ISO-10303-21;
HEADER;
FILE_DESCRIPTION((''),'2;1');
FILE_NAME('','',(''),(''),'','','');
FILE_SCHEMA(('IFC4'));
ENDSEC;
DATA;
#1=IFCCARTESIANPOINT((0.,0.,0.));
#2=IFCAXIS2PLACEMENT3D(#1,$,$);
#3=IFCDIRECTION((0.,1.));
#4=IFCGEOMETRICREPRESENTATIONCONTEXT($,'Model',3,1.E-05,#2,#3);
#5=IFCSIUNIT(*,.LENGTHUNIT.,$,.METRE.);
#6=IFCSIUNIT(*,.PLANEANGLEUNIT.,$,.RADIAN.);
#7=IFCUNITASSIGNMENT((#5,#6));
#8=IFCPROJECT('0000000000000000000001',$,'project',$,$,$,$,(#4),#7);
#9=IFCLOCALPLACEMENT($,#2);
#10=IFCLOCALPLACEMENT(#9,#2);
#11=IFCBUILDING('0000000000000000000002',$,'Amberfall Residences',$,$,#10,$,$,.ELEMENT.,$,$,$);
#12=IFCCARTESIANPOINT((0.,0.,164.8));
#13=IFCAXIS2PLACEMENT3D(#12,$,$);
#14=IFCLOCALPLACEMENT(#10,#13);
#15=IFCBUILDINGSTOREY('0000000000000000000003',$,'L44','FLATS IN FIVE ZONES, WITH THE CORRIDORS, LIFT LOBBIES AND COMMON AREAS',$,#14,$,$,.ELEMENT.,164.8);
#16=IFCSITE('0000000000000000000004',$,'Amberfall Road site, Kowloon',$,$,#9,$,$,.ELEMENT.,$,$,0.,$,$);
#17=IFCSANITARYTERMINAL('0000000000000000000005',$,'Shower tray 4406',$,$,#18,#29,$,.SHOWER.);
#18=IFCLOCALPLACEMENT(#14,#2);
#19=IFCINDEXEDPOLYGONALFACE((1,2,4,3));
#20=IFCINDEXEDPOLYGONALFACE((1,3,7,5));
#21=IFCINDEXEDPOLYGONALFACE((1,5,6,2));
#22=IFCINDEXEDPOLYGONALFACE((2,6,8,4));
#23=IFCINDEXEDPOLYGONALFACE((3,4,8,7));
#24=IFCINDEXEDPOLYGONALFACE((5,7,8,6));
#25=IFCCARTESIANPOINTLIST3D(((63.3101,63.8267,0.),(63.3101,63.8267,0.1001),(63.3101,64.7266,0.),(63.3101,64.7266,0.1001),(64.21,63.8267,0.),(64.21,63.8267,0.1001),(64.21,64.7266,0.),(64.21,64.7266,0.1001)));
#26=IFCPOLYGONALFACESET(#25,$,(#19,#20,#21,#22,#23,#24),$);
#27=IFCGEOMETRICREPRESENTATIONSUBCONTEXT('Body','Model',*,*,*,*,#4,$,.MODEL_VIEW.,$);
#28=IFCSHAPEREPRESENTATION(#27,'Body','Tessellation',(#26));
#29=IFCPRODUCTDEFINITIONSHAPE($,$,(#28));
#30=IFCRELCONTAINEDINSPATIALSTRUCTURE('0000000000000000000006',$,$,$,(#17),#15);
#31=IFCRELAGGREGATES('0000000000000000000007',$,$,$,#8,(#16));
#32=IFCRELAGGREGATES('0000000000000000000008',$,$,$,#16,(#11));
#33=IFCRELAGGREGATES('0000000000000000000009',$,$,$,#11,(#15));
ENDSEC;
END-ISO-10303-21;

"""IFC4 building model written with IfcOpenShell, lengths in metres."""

from ifc_helpers import new_model, si_unit, direction, frame, origin, origin_2d, place, context, subcontext, project, spatial, rectangle, extrude, element, save


model = new_model("IFC4")

# Units and contexts
model_context = context("Model", 3, precision=1e-05, world=origin(), true_north=direction((0.0, 1.0)))
body_context = subcontext(model_context, "Body", "Model", "MODEL_VIEW")
ifc_project = project(units=[si_unit("LENGTHUNIT", "METRE"), si_unit("PLANEANGLEUNIT", "RADIAN")], contexts=[model_context])

# Site, building, storey
site_placement = place(None, origin())
site = spatial("IfcSite", under=ifc_project, at=site_placement, Name="Amberfall Road site, Kowloon", CompositionType="ELEMENT", RefElevation=0.0)
building_placement = place(site_placement, origin())
building = spatial("IfcBuilding", under=site, at=building_placement, Name="Amberfall Residences", CompositionType="ELEMENT")
storey_placement = place(building_placement, frame((0.0, 0.0, 164.8)))
storey = spatial("IfcBuildingStorey", under=building, at=storey_placement, Name="L44", Description="FLATS IN FIVE ZONES, WITH THE CORRIDORS, LIFT LOBBIES AND COMMON AREAS", CompositionType="ELEMENT", Elevation=164.8)

# Sanitary terminal
sanitary_terminal_1_placement = place(storey_placement, frame((63.76, 64.2766, 0.0), z_axis=(0.0, 0.0, 1.0), x_axis=(1.0, 0.0, 0.0)))
element("IfcSanitaryTerminal", 1, at=sanitary_terminal_1_placement, inside=storey, Name="Shower tray 4406", PredefinedType="SHOWER", context=body_context, shape_type="SweptSolid", body=[
    extrude(rectangle(XDim=0.8999, YDim=0.8999, at=origin_2d()), origin(), (0.0, 0.0, 1.0), 0.1001),
])

save(model, "model.ifc")
